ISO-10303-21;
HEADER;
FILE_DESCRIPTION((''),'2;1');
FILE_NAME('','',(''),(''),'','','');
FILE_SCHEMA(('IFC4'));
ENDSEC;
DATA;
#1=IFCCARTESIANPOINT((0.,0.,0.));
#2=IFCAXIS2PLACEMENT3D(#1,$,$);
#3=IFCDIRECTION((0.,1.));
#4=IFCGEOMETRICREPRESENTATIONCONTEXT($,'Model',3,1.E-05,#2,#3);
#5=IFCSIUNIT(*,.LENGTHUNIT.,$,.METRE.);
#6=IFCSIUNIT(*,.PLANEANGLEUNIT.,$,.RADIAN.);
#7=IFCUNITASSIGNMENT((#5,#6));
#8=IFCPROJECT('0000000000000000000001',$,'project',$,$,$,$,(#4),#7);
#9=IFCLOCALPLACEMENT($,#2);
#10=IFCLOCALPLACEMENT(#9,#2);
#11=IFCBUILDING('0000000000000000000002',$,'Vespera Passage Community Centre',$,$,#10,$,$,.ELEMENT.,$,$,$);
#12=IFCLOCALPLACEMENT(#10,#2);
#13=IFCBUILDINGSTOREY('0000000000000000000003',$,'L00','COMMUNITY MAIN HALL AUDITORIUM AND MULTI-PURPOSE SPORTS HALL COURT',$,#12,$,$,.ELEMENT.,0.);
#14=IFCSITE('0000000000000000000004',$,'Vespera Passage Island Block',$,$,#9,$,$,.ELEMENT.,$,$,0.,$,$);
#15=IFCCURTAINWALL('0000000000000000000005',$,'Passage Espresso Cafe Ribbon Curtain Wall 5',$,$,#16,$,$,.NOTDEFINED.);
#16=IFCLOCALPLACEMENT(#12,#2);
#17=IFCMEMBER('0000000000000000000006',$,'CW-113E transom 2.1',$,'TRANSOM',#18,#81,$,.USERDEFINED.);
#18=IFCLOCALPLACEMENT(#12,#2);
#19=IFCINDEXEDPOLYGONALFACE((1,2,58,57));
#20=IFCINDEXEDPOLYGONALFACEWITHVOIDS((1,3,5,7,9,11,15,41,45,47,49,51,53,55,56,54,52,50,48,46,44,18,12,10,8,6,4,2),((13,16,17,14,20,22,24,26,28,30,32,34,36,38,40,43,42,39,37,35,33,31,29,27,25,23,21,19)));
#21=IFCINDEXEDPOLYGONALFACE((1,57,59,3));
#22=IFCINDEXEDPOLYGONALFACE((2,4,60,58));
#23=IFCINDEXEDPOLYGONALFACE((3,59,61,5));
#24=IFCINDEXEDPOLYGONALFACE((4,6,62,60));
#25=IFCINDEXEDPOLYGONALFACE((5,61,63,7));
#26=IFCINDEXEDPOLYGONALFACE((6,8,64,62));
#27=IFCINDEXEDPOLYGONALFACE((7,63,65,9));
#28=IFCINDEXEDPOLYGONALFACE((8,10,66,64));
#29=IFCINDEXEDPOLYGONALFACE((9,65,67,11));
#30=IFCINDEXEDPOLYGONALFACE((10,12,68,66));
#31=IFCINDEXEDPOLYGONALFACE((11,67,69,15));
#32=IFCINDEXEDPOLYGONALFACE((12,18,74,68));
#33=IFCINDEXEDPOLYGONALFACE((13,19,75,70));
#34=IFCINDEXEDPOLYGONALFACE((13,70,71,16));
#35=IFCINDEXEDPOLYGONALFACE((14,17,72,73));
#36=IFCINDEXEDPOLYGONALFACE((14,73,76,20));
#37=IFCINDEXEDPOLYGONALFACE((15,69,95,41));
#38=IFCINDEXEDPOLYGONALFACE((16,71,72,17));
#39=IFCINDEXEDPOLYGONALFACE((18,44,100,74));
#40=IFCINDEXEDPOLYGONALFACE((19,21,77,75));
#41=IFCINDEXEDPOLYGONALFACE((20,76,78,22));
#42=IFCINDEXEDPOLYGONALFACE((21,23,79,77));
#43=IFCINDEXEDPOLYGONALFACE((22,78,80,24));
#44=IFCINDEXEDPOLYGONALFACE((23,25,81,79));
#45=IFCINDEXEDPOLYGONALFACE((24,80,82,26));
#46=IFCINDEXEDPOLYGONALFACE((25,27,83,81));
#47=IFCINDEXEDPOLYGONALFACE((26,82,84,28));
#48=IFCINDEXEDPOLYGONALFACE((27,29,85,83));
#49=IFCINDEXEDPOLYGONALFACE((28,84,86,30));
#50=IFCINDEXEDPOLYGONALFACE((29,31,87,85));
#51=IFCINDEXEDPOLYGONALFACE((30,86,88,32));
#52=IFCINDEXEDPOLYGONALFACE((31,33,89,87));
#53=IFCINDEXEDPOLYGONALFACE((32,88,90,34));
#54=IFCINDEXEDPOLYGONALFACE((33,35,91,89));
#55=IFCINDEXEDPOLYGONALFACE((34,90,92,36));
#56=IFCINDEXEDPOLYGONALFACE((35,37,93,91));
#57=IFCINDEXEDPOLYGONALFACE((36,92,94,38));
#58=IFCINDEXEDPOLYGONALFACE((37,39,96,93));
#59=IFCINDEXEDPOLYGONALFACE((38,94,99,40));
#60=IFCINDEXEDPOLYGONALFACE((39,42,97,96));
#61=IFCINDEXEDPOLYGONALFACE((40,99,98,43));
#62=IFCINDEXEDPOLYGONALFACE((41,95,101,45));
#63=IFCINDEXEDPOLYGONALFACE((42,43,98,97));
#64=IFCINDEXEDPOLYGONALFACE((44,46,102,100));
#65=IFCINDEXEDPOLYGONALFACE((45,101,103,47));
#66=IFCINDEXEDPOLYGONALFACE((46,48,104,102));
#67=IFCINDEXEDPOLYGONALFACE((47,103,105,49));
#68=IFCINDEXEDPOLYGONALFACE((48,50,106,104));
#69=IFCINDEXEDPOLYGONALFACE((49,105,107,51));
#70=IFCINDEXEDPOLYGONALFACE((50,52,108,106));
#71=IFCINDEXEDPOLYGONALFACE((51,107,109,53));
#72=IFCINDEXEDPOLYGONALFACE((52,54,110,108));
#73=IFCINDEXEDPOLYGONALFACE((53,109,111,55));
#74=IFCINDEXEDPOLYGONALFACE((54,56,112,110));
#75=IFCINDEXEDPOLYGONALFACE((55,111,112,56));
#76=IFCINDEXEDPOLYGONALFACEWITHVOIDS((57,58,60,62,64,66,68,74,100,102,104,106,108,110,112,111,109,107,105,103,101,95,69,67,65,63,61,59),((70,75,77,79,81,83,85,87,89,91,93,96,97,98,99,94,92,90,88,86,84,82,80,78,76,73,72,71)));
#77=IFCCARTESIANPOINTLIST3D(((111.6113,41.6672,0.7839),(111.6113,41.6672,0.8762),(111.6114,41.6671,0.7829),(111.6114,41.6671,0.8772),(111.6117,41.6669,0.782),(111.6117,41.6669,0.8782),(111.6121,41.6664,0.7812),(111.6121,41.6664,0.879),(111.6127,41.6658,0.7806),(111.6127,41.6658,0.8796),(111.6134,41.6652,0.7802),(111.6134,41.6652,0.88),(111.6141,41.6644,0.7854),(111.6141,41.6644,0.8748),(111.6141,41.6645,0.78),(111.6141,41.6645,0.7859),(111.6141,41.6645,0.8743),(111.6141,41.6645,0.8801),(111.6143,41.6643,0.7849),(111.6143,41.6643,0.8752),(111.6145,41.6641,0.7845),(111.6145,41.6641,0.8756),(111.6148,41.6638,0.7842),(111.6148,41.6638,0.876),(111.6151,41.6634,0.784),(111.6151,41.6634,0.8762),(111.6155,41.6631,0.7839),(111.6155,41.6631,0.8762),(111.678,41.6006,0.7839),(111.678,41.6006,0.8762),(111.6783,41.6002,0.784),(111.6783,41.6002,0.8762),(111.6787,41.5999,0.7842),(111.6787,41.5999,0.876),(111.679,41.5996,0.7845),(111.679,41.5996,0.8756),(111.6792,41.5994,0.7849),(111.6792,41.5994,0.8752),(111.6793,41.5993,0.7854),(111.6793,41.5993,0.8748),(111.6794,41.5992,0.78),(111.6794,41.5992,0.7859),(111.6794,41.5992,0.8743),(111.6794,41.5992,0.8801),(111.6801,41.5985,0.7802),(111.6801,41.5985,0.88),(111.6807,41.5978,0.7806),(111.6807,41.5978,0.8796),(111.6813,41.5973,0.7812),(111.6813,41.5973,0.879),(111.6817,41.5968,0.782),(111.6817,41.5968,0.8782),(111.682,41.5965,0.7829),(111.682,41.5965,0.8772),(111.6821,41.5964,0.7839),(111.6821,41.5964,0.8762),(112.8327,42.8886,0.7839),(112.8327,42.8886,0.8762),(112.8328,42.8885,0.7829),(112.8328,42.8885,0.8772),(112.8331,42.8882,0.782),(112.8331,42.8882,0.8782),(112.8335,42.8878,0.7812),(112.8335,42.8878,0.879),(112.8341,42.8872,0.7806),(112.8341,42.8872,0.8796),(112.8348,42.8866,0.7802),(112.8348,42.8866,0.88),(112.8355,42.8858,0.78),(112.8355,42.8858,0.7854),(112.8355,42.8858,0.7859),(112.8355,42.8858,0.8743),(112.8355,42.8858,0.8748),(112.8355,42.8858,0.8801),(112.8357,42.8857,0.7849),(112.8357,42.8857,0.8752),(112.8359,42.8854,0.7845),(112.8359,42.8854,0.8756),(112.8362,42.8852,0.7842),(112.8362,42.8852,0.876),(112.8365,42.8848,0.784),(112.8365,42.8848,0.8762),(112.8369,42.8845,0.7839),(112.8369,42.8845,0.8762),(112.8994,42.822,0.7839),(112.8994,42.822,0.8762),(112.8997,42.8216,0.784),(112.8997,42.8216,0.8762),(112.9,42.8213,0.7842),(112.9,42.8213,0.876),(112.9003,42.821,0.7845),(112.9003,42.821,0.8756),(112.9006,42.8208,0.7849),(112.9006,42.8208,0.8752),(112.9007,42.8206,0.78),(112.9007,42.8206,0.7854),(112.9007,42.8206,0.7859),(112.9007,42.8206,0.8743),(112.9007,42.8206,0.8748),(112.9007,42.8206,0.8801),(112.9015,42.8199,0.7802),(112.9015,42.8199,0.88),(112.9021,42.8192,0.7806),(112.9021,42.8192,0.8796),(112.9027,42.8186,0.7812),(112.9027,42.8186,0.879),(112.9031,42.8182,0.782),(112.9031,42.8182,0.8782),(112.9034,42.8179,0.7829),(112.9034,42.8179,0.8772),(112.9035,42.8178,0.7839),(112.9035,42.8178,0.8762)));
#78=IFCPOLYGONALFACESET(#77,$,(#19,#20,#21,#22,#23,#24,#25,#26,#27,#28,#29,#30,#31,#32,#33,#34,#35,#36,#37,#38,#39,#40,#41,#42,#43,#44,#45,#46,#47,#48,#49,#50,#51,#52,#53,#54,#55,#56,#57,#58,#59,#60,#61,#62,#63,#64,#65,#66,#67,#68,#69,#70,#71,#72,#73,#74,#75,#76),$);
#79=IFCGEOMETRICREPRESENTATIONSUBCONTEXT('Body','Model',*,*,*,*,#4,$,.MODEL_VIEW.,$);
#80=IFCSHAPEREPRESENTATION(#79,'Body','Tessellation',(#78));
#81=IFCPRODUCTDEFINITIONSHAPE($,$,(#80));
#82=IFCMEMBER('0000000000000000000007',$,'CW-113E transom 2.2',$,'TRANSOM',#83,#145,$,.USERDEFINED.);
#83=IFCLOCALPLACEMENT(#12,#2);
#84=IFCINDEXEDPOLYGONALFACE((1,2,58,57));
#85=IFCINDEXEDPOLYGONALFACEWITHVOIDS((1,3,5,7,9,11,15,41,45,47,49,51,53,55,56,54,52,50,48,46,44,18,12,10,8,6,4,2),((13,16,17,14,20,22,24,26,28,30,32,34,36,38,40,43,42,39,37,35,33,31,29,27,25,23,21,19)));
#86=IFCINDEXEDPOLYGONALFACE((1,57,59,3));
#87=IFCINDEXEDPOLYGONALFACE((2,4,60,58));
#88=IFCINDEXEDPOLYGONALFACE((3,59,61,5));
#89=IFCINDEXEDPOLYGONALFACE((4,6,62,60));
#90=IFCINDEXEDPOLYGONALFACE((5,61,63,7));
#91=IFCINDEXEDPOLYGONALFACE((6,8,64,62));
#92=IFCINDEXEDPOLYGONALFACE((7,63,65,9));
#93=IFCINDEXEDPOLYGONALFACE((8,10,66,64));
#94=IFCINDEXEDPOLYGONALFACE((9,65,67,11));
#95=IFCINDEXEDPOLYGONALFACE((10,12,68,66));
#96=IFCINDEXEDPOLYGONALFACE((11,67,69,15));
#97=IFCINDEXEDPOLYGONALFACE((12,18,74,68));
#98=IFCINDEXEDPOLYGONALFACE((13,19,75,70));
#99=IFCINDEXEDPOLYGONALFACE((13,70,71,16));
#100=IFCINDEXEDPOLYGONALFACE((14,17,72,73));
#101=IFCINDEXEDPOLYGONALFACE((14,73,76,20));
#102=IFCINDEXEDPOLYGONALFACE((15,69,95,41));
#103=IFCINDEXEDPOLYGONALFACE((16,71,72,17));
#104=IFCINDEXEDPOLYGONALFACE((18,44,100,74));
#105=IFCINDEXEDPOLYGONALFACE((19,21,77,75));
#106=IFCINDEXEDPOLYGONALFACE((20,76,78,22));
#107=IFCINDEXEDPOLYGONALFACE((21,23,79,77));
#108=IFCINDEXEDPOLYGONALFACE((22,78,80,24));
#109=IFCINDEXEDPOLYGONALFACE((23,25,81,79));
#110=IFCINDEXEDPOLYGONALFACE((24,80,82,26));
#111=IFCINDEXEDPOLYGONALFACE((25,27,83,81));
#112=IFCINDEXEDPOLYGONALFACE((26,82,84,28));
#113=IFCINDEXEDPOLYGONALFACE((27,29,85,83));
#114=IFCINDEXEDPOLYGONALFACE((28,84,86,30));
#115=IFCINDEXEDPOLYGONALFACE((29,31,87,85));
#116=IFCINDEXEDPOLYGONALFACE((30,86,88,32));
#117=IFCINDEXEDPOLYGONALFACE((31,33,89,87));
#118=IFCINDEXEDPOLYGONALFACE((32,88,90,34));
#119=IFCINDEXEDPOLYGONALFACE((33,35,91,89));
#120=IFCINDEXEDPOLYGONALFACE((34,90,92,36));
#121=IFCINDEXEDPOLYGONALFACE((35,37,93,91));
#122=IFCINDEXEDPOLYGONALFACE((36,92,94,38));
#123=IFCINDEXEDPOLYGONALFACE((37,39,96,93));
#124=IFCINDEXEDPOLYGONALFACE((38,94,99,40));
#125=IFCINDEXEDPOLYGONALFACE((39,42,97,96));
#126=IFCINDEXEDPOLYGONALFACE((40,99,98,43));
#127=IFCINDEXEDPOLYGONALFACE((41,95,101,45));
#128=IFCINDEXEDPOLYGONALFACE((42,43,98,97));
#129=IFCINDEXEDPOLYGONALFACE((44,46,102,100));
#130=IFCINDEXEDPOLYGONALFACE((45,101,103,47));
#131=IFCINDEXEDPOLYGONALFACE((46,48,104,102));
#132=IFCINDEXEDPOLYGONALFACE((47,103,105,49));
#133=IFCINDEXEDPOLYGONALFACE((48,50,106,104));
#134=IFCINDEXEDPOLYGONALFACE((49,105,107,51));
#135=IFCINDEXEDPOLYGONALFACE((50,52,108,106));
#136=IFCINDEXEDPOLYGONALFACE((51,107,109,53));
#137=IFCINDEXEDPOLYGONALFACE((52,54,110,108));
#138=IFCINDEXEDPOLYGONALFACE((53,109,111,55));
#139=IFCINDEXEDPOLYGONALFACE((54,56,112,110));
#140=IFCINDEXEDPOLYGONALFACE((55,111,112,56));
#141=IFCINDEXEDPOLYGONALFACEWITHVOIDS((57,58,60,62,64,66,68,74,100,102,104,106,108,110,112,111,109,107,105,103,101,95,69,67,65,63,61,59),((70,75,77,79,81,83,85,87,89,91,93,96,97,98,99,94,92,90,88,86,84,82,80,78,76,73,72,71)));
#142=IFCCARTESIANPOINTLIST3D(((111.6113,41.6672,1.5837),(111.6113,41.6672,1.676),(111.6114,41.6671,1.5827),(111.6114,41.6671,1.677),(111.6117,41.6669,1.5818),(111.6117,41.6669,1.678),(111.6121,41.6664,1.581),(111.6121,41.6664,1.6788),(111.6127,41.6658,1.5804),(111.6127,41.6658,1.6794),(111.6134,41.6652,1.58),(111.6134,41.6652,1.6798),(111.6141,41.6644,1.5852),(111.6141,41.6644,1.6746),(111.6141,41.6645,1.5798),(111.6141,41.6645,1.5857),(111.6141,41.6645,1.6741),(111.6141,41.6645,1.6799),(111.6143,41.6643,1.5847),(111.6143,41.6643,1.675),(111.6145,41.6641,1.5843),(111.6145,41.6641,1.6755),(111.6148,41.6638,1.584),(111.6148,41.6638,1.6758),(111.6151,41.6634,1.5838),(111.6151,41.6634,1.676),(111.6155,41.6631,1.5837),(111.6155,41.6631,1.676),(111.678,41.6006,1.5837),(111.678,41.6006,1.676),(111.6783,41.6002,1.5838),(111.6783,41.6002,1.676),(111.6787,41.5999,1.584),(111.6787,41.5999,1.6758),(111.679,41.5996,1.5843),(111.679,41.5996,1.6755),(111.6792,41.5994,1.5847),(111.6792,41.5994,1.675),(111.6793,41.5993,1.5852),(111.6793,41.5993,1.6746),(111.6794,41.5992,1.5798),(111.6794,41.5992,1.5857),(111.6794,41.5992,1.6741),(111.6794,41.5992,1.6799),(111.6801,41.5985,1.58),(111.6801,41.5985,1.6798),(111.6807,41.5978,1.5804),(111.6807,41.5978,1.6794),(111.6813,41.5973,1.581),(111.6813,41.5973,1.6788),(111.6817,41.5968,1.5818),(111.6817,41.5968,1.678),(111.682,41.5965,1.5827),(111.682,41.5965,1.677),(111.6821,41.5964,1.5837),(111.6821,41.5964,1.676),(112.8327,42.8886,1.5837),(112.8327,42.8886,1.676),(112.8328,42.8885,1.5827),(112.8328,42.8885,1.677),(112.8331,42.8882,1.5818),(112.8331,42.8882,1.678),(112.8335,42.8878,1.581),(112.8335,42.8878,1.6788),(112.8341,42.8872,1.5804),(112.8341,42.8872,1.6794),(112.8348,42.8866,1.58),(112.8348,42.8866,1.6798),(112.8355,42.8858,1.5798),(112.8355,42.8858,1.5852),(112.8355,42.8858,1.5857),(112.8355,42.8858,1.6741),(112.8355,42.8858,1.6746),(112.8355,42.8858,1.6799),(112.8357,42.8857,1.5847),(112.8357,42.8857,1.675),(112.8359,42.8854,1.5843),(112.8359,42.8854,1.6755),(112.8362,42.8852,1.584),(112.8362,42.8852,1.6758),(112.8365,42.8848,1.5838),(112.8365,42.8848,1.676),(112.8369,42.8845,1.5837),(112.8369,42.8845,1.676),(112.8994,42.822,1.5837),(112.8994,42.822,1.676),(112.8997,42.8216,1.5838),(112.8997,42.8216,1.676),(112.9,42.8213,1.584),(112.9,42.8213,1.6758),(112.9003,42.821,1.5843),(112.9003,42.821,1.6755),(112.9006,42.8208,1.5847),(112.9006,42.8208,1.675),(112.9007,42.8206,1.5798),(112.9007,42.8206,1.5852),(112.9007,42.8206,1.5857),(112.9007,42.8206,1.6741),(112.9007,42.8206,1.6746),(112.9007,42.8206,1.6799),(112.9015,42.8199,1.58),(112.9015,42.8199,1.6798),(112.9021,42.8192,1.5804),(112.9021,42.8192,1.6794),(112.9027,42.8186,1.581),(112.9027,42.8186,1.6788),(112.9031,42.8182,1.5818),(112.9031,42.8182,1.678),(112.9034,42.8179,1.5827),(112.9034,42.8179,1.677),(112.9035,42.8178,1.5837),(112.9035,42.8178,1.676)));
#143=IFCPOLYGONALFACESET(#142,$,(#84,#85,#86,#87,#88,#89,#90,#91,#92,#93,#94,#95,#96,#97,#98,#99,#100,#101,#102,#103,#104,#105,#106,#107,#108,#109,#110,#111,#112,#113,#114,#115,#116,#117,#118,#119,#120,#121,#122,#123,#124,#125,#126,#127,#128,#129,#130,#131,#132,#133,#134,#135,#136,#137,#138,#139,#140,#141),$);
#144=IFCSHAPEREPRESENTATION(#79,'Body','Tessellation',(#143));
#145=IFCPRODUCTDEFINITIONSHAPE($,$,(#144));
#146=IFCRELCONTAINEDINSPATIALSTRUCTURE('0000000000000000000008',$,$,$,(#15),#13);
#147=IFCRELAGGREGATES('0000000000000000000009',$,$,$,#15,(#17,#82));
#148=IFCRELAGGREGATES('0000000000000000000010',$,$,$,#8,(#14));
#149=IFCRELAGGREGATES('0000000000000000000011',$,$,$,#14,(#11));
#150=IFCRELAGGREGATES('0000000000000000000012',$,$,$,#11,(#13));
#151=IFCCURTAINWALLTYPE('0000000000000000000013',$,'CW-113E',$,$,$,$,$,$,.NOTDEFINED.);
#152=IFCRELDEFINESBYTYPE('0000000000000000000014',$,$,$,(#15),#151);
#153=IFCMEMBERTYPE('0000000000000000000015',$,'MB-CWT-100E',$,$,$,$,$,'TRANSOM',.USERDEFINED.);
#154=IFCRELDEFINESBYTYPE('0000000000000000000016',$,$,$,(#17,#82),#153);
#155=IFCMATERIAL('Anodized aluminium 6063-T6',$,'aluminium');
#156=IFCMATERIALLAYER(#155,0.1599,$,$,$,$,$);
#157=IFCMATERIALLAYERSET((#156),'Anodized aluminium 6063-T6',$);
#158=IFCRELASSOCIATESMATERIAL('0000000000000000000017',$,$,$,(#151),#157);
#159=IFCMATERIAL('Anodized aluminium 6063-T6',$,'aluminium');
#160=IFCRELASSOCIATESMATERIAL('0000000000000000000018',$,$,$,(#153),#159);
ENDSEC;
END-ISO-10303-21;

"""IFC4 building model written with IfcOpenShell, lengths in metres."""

from ifc_helpers import new_model, si_unit, direction, frame, origin, origin_2d, place, context, subcontext, project, spatial, hollow_rectangle, extrude, material, layer, layer_set, material_profile, profile_set, type_object, element, aggregate, save


model = new_model("IFC4")

# Units and contexts
model_context = context("Model", 3, precision=1e-05, world=origin(), true_north=direction((0.0, 1.0)))
body_context = subcontext(model_context, "Body", "Model", "MODEL_VIEW")
ifc_project = project(units=[si_unit("LENGTHUNIT", "METRE"), si_unit("PLANEANGLEUNIT", "RADIAN")], contexts=[model_context])

# Site, building, storey
site_placement = place(None, origin())
site = spatial("IfcSite", under=ifc_project, at=site_placement, Name="Vespera Passage Island Block", CompositionType="ELEMENT", RefElevation=0.0)
building_placement = place(site_placement, origin())
building = spatial("IfcBuilding", under=site, at=building_placement, Name="Vespera Passage Community Centre", CompositionType="ELEMENT")
storey_placement = place(building_placement, origin())
storey = spatial("IfcBuildingStorey", under=building, at=storey_placement, Name="L00", Description="COMMUNITY MAIN HALL AUDITORIUM AND MULTI-PURPOSE SPORTS HALL COURT", CompositionType="ELEMENT", Elevation=0.0)

# Curtain wall, members
ifc_material_1 = material(Name="Anodized aluminium 6063-T6", Category="aluminium")
ifc_layer_1 = layer(ifc_material_1, 0.1599)
ifc_layer_set_1 = layer_set([ifc_layer_1], Name="Anodized aluminium 6063-T6")
curtain_wall_type = type_object("IfcCurtainWallType", Name="CW-113E", PredefinedType="NOTDEFINED", material=ifc_layer_set_1)
curtain_wall_placement = place(storey_placement, origin())
curtain_wall = element("IfcCurtainWall", 1, at=curtain_wall_placement, inside=storey, type_object=curtain_wall_type, Name="Passage Espresso Cafe Ribbon Curtain Wall 5", PredefinedType="NOTDEFINED")
ifc_material_2 = material(Name="Anodized aluminium 6063-T6", Category="aluminium")
ifc_material_profile_1 = material_profile(ifc_material_2, hollow_rectangle(XDim=0.1001, YDim=0.1001, WallThickness=0.0039, InnerFilletRadius=0.002, OuterFilletRadius=0.0039, at=origin_2d()), Name="ALU100X100X4")
ifc_profile_set_1 = profile_set([ifc_material_profile_1], Name="Anodized aluminium 6063-T6")
member_type_1 = type_object("IfcMemberType", Name="MB-CWT-100E", ElementType="TRANSOM", PredefinedType="USERDEFINED", material=ifc_profile_set_1)
member_1_placement = place(storey_placement, frame((111.6467, 41.6318, 0.8301), z_axis=(0.707107, 0.707107, 0.0), x_axis=(-0.707107, 0.707107, 0.0)))
member_1 = element("IfcMember", 2, at=member_1_placement, type_object=member_type_1, Name="CW-113E transom 2.1", ObjectType="TRANSOM", PredefinedType="USERDEFINED", context=body_context, shape_type="SweptSolid", body=[
    extrude(hollow_rectangle(XDim=0.1001, YDim=0.1001, WallThickness=0.0039, InnerFilletRadius=0.002, OuterFilletRadius=0.0039, at=origin_2d()), origin(), (0.0, 0.0, 1.0), 1.7273),
])
member_2_placement = place(storey_placement, frame((111.6467, 41.6318, 1.6299), z_axis=(0.707107, 0.707107, 0.0), x_axis=(-0.707107, 0.707107, 0.0)))
member_2 = element("IfcMember", 3, at=member_2_placement, type_object=member_type_1, Name="CW-113E transom 2.2", ObjectType="TRANSOM", PredefinedType="USERDEFINED", context=body_context, shape_type="SweptSolid", body=[
    extrude(hollow_rectangle(XDim=0.1001, YDim=0.1001, WallThickness=0.0039, InnerFilletRadius=0.002, OuterFilletRadius=0.0039, at=origin_2d()), origin(), (0.0, 0.0, 1.0), 1.7273),
])
aggregate(curtain_wall, [member_1, member_2])

save(model, "model.ifc")
